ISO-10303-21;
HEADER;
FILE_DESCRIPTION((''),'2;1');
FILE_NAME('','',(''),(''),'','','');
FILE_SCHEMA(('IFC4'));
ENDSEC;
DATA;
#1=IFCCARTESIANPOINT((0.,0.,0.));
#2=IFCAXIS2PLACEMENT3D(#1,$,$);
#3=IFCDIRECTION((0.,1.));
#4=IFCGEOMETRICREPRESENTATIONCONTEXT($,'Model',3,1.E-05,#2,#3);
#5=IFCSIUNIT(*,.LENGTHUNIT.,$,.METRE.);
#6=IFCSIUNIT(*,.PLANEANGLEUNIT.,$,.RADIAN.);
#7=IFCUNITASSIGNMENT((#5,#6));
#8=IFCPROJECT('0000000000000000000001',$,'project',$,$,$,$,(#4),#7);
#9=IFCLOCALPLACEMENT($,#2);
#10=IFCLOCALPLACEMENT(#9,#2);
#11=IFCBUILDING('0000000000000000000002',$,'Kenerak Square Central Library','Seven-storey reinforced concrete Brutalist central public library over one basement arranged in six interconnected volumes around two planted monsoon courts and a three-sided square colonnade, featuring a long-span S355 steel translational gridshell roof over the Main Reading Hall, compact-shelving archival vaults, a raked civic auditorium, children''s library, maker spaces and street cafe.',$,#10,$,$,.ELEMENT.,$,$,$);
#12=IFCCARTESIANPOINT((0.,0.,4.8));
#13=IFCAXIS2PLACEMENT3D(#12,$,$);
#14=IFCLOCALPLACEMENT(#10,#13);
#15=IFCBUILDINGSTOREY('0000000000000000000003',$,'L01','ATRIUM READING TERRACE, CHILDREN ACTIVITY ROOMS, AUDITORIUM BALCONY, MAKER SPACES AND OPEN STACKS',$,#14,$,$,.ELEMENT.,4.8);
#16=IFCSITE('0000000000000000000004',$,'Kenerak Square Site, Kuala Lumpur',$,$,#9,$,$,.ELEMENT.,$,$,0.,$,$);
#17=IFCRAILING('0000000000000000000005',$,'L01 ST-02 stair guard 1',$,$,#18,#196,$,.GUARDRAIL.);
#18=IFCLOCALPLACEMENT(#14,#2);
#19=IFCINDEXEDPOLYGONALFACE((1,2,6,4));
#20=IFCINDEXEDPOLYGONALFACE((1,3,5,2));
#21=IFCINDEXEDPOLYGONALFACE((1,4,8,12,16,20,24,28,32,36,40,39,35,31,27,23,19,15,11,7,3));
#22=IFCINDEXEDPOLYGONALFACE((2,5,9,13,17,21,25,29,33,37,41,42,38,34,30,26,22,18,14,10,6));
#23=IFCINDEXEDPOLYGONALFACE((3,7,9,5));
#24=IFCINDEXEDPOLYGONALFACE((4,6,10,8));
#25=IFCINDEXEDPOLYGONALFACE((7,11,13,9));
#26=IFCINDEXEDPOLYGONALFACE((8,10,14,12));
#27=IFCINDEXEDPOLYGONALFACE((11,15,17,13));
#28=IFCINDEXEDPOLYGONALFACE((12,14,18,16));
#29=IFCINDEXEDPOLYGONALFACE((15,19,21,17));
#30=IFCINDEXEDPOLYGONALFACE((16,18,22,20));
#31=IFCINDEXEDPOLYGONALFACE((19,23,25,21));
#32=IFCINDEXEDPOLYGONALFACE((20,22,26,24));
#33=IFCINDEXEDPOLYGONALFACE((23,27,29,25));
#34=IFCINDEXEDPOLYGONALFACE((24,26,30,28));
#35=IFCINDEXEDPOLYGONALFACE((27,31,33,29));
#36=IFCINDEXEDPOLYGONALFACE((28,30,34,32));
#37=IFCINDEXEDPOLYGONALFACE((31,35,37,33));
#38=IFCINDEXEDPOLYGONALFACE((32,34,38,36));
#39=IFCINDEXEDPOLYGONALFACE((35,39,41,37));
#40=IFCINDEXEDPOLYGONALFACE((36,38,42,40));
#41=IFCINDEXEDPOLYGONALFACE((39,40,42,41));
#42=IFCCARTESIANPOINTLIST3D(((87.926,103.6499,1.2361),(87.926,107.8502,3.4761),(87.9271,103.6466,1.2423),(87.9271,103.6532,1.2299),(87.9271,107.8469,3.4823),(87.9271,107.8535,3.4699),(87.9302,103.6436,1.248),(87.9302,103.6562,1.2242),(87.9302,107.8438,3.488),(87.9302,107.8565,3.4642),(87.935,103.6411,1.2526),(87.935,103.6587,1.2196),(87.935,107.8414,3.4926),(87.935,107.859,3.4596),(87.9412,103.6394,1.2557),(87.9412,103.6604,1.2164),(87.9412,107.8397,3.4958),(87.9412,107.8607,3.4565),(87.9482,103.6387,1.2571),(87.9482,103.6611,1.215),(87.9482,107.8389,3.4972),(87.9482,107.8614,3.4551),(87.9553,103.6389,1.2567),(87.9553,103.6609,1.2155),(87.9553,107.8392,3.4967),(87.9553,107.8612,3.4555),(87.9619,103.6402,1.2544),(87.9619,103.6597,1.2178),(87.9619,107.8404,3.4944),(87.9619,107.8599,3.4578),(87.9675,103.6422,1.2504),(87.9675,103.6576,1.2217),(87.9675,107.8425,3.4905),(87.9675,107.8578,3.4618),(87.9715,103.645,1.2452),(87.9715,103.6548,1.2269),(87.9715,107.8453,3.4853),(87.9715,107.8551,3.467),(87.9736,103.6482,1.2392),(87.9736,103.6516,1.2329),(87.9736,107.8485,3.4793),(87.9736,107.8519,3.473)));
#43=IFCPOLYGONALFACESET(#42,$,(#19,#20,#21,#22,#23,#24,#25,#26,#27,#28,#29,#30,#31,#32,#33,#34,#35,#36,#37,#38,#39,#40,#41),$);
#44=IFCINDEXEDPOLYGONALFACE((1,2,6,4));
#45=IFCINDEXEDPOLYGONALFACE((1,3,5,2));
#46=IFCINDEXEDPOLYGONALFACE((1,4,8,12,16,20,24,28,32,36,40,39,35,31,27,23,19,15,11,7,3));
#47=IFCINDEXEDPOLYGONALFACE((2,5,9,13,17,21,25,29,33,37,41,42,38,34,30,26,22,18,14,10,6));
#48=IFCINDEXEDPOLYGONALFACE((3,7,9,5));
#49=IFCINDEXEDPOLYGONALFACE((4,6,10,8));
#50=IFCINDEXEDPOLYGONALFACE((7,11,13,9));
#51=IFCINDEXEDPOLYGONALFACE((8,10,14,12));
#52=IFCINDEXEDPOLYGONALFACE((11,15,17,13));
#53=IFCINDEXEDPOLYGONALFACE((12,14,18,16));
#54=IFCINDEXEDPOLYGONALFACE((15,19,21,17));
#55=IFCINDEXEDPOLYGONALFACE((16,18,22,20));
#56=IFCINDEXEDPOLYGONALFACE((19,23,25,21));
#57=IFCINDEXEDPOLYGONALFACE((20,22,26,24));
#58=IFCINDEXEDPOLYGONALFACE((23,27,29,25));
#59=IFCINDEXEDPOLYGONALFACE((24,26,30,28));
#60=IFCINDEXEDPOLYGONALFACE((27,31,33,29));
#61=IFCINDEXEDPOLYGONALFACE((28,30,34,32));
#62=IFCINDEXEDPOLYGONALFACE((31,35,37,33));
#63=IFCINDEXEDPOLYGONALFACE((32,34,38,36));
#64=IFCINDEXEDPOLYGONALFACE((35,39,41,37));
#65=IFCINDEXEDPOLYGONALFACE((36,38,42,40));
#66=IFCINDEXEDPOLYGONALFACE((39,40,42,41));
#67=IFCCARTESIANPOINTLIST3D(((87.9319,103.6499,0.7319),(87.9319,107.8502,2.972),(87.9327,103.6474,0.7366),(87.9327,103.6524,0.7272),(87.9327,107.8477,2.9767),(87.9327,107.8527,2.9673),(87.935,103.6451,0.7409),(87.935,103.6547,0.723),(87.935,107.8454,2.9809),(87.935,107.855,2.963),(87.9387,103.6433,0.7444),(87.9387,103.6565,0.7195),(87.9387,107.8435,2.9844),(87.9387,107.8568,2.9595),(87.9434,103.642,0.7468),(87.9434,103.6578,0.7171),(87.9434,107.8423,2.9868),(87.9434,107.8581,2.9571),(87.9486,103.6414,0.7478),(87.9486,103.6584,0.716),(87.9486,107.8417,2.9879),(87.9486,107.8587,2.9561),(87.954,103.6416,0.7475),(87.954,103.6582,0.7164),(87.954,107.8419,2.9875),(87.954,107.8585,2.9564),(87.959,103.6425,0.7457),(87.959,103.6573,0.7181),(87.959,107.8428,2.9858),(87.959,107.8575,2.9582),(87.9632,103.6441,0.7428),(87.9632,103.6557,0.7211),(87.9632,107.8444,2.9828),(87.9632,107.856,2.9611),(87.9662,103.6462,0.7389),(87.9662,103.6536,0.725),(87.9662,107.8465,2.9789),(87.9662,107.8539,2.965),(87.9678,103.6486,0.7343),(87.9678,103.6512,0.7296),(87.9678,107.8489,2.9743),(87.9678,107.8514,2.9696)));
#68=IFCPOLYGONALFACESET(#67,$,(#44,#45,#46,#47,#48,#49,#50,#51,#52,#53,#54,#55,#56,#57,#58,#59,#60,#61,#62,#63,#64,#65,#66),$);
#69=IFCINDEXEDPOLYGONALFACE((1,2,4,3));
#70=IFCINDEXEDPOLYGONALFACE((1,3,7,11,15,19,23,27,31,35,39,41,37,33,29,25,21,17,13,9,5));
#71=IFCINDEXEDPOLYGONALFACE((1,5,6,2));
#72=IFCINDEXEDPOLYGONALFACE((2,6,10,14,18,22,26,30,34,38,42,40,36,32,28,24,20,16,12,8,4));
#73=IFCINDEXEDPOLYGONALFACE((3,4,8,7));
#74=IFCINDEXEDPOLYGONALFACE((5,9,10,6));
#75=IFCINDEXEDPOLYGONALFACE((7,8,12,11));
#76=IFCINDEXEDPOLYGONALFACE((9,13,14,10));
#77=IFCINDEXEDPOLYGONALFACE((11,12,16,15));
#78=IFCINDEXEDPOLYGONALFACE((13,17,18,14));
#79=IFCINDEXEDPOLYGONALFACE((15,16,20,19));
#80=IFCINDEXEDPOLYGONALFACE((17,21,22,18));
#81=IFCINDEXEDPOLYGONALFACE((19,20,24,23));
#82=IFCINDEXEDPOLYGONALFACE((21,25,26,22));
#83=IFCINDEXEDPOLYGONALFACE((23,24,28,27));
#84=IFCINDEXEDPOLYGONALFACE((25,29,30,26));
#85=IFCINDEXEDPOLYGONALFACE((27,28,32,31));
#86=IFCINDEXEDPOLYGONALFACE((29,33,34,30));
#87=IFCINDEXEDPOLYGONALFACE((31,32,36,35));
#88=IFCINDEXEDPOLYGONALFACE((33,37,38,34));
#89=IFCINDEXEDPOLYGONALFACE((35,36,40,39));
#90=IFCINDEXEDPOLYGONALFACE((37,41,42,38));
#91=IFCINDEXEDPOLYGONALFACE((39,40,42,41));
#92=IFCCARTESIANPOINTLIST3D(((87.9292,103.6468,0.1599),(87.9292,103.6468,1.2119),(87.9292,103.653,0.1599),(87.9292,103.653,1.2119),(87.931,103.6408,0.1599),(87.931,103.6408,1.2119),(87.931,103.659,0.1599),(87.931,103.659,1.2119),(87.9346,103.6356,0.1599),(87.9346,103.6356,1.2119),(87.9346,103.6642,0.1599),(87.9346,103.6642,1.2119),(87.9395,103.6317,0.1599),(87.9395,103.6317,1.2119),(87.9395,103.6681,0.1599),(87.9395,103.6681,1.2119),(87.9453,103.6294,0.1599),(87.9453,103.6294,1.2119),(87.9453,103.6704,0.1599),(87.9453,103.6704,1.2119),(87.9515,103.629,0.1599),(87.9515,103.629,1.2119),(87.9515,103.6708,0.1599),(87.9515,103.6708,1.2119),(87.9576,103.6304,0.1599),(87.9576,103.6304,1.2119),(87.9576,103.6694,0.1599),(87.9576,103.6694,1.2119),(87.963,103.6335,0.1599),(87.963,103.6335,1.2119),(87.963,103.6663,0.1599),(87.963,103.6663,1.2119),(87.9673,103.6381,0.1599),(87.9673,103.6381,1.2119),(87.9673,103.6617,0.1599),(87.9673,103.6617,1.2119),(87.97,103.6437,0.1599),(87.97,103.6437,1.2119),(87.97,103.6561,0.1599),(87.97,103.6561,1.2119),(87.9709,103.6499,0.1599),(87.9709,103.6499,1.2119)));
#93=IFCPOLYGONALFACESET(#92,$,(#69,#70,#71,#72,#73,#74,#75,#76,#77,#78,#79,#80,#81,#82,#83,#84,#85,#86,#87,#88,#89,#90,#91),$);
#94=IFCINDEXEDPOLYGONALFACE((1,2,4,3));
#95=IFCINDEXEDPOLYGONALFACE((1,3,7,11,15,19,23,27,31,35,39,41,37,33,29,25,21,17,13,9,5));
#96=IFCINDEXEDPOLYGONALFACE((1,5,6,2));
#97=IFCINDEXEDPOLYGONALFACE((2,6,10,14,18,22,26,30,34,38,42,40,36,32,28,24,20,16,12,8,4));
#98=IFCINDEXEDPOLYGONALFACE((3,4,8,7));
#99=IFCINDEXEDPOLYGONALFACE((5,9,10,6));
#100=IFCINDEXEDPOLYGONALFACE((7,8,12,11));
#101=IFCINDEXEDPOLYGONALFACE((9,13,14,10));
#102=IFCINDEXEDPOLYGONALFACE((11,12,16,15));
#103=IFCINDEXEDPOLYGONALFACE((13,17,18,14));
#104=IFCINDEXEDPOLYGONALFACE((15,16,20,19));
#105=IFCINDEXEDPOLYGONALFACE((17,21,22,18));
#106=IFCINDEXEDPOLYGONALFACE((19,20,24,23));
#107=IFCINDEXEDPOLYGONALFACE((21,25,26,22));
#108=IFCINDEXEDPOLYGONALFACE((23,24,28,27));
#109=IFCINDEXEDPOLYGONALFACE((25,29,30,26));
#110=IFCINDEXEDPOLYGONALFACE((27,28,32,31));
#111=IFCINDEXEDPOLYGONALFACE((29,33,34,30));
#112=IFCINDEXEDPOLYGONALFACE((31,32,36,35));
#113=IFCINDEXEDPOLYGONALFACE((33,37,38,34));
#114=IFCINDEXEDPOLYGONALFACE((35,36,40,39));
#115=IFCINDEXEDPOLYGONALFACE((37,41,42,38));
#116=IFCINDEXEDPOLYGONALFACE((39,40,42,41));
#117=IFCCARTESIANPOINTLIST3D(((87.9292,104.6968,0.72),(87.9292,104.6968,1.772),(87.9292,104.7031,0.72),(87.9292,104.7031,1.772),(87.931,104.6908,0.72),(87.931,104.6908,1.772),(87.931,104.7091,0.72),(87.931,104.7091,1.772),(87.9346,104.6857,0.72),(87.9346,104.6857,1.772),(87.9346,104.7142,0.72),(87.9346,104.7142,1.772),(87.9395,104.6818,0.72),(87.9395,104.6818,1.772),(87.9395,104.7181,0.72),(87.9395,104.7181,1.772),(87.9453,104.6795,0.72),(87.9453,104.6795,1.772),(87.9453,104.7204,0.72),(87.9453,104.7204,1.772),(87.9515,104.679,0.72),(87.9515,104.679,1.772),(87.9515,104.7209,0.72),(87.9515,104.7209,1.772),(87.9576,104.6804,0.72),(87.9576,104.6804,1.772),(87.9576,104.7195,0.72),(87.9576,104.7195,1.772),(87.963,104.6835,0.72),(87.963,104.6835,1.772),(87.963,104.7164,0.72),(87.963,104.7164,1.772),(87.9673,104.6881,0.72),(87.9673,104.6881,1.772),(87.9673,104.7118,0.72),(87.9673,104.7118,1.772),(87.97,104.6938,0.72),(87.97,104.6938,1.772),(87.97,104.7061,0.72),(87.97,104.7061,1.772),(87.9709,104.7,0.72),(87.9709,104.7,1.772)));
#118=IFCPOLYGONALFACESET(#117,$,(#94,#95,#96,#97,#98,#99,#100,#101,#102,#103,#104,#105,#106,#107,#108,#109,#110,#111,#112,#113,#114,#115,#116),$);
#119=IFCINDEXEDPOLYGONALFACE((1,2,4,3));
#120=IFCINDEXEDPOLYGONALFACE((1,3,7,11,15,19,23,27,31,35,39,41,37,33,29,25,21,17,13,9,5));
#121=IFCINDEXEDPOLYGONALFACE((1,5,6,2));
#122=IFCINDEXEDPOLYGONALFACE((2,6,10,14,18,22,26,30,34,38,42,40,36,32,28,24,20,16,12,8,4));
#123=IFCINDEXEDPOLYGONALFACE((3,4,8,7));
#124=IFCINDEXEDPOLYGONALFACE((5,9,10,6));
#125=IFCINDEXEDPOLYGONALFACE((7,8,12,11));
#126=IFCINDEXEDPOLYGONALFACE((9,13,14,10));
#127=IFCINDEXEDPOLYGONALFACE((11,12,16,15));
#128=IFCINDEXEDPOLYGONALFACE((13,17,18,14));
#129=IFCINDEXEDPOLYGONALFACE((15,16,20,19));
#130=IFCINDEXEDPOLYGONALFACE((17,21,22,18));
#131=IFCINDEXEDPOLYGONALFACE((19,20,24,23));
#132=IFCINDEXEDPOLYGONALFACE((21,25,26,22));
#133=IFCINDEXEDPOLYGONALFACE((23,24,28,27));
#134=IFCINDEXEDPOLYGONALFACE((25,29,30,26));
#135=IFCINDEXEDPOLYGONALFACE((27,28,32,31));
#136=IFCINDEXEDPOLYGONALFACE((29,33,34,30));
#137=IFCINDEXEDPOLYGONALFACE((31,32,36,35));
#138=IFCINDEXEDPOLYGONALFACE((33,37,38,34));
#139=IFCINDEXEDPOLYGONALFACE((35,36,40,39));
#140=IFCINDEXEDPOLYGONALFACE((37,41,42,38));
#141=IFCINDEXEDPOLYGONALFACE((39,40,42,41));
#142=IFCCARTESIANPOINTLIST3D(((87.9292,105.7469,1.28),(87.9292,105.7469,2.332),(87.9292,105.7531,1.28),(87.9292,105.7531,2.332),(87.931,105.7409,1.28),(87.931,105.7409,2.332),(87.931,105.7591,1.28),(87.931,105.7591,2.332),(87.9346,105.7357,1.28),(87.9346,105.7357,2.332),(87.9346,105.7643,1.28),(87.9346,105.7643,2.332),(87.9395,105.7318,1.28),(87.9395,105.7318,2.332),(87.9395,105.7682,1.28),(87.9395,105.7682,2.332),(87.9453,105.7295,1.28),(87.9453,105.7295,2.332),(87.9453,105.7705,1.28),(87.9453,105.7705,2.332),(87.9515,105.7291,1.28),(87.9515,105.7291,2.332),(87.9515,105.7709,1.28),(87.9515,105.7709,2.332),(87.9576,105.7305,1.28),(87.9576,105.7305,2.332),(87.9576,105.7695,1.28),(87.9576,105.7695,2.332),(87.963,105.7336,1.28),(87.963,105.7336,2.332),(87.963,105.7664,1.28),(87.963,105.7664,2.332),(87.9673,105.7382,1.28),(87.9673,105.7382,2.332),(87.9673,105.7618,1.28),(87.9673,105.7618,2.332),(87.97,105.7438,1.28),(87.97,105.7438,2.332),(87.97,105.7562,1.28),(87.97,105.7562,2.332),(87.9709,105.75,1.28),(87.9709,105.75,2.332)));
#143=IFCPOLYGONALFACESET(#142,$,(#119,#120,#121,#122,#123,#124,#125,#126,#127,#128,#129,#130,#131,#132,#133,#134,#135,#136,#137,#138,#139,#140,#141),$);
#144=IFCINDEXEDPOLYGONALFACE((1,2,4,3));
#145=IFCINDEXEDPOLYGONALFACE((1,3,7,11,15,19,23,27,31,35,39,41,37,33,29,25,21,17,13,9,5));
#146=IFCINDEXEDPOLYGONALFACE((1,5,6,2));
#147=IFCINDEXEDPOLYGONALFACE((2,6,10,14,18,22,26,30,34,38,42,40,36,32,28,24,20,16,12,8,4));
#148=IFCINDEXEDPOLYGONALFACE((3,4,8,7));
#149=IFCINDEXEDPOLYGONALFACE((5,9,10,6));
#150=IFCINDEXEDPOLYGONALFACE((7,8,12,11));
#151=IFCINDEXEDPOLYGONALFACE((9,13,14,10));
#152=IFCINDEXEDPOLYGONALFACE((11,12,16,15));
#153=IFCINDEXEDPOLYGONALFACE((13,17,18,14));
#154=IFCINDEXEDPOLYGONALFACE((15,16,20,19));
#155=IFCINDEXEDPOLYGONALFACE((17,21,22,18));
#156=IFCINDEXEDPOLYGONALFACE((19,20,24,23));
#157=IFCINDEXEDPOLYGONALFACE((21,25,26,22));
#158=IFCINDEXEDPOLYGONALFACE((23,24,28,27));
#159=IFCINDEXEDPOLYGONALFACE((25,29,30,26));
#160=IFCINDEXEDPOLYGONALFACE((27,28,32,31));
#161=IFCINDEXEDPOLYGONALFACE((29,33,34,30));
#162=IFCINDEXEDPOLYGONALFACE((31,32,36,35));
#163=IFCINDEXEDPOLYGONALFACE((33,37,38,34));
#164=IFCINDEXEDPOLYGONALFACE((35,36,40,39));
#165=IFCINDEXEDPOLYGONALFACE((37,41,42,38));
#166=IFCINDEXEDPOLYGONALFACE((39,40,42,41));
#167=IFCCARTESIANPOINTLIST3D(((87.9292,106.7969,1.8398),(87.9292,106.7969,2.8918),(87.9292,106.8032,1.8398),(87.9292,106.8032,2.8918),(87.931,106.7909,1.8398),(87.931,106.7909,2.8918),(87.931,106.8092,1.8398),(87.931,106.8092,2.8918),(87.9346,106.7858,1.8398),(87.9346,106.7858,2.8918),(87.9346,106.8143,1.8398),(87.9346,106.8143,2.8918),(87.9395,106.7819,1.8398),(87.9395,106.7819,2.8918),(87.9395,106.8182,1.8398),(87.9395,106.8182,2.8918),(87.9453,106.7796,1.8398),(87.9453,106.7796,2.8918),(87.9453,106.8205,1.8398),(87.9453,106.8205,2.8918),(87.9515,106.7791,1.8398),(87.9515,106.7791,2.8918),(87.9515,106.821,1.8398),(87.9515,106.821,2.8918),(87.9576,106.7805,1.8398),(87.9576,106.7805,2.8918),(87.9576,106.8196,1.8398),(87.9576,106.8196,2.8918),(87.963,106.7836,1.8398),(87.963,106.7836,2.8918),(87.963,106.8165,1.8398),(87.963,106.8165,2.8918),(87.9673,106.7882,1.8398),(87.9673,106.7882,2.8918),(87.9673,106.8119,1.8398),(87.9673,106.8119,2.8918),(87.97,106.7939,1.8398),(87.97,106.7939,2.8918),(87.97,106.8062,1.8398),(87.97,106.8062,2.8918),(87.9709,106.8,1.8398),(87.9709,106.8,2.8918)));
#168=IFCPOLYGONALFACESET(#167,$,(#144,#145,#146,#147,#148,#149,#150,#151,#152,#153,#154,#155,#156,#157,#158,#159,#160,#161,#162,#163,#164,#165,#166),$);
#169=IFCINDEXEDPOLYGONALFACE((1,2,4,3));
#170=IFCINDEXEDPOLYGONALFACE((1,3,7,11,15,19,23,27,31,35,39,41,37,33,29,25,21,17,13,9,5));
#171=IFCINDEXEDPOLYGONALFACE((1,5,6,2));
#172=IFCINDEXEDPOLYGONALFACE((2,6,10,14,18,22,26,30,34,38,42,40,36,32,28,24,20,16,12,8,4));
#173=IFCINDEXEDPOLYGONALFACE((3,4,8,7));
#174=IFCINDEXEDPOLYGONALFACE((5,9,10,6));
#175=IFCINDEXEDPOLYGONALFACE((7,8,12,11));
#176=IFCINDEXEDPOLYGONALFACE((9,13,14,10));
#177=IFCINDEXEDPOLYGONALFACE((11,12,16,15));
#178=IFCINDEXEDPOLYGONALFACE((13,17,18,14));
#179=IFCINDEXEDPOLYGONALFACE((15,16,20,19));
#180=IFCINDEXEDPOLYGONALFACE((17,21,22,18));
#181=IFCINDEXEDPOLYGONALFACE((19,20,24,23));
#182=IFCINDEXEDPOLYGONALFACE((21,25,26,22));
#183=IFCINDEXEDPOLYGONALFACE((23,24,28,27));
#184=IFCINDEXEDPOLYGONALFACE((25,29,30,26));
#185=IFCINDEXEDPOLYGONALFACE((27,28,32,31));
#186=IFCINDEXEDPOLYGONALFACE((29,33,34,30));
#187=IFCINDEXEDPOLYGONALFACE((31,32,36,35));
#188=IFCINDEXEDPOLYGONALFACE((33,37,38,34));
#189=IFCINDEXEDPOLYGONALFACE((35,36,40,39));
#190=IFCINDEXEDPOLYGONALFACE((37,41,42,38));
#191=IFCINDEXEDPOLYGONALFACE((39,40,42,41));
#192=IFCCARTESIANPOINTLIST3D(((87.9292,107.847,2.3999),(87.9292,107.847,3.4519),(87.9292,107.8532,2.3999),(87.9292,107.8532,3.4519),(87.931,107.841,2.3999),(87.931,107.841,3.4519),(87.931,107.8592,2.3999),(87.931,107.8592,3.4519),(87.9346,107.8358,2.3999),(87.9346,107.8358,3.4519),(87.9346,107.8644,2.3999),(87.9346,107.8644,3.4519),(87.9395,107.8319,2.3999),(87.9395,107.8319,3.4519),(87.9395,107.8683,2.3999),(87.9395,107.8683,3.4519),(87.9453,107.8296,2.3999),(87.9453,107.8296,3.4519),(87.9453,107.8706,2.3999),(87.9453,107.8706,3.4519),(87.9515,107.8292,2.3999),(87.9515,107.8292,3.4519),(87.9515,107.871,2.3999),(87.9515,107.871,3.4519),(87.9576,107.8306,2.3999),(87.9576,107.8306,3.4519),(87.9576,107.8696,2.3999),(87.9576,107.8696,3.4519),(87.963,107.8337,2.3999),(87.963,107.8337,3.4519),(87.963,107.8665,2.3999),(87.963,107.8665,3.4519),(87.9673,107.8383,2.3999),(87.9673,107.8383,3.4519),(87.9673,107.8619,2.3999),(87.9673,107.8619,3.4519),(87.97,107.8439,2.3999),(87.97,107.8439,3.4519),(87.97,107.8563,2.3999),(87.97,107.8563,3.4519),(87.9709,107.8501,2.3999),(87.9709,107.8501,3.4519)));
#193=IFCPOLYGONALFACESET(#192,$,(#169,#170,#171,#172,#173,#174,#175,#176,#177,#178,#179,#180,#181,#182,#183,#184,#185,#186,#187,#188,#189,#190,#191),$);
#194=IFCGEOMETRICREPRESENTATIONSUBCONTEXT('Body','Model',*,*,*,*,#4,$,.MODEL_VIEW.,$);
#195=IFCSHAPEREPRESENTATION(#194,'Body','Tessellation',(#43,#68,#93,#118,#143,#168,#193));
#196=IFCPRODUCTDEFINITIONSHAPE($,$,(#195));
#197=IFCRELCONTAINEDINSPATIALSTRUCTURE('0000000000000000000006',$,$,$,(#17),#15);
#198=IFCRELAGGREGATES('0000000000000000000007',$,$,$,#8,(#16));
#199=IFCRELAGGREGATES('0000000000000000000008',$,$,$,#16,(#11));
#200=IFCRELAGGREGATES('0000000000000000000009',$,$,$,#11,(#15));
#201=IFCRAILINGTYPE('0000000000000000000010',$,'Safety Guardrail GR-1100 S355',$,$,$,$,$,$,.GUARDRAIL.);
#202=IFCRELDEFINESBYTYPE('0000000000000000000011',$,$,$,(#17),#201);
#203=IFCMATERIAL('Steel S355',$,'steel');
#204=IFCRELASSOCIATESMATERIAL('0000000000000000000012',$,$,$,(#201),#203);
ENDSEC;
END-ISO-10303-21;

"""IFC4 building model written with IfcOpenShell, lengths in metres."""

from ifc_helpers import new_model, si_unit, direction, frame, origin, origin_2d, place, context, subcontext, project, spatial, circle, extrude, material, type_object, element, save


model = new_model("IFC4")

# Units and contexts
model_context = context("Model", 3, precision=1e-05, world=origin(), true_north=direction((0.0, 1.0)))
body_context = subcontext(model_context, "Body", "Model", "MODEL_VIEW")
ifc_project = project(units=[si_unit("LENGTHUNIT", "METRE"), si_unit("PLANEANGLEUNIT", "RADIAN")], contexts=[model_context])

# Site, building, storey
site_placement = place(None, origin())
site = spatial("IfcSite", under=ifc_project, at=site_placement, Name="Kenerak Square Site, Kuala Lumpur", CompositionType="ELEMENT", RefElevation=0.0)
building_placement = place(site_placement, origin())
building = spatial("IfcBuilding", under=site, at=building_placement, Name="Kenerak Square Central Library", Description="Seven-storey reinforced concrete Brutalist central public library over one basement arranged in six interconnected volumes around two planted monsoon courts and a three-sided square colonnade, featuring a long-span S355 steel translational gridshell roof over the Main Reading Hall, compact-shelving archival vaults, a raked civic auditorium, children's library, maker spaces and street cafe.", CompositionType="ELEMENT")
storey_placement = place(building_placement, frame((0.0, 0.0, 4.8)))
storey = spatial("IfcBuildingStorey", under=building, at=storey_placement, Name="L01", Description="ATRIUM READING TERRACE, CHILDREN ACTIVITY ROOMS, AUDITORIUM BALCONY, MAKER SPACES AND OPEN STACKS", CompositionType="ELEMENT", Elevation=4.8)

# Shared definitions
ifc_material_1 = material(Name="Steel S355", Category="steel")

# Railing
railing_type_1 = type_object("IfcRailingType", Name="Safety Guardrail GR-1100 S355", PredefinedType="GUARDRAIL", material=ifc_material_1)
railing_1_placement = place(storey_placement, frame((87.95, 103.6499, 0.1599)))
element("IfcRailing", 1, at=railing_1_placement, inside=storey, type_object=railing_type_1, Name="L01 ST-02 stair guard 1", PredefinedType="GUARDRAIL", context=body_context, shape_type="SweptSolid", body=[
    extrude(circle(Radius=0.0239, at=origin_2d()), frame((0.0, 0.0, 1.0762), z_axis=(0.0, 0.882363, 0.47057), x_axis=(-1.0, 0.0, 0.0)), (0.0, 0.0, 1.0), 4.7603),
    extrude(circle(Radius=0.0181, at=origin_2d()), frame((0.0, 0.0, 0.572), z_axis=(0.0, 0.882363, 0.47057), x_axis=(-1.0, 0.0, 0.0)), (0.0, 0.0, 1.0), 4.7603),
    extrude(circle(Radius=0.021, at=origin_2d()), origin(), (0.0, 0.0, 1.0), 1.052),
    extrude(circle(Radius=0.021, at=origin_2d()), frame((0.0, 1.05, 0.5601)), (0.0, 0.0, 1.0), 1.052),
    extrude(circle(Radius=0.021, at=origin_2d()), frame((0.0, 2.1001, 1.1201)), (0.0, 0.0, 1.0), 1.052),
    extrude(circle(Radius=0.021, at=origin_2d()), frame((0.0, 3.1501, 1.6799)), (0.0, 0.0, 1.0), 1.052),
    extrude(circle(Radius=0.021, at=origin_2d()), frame((0.0, 4.2002, 2.24)), (0.0, 0.0, 1.0), 1.052),
])

save(model, "model.ifc")
